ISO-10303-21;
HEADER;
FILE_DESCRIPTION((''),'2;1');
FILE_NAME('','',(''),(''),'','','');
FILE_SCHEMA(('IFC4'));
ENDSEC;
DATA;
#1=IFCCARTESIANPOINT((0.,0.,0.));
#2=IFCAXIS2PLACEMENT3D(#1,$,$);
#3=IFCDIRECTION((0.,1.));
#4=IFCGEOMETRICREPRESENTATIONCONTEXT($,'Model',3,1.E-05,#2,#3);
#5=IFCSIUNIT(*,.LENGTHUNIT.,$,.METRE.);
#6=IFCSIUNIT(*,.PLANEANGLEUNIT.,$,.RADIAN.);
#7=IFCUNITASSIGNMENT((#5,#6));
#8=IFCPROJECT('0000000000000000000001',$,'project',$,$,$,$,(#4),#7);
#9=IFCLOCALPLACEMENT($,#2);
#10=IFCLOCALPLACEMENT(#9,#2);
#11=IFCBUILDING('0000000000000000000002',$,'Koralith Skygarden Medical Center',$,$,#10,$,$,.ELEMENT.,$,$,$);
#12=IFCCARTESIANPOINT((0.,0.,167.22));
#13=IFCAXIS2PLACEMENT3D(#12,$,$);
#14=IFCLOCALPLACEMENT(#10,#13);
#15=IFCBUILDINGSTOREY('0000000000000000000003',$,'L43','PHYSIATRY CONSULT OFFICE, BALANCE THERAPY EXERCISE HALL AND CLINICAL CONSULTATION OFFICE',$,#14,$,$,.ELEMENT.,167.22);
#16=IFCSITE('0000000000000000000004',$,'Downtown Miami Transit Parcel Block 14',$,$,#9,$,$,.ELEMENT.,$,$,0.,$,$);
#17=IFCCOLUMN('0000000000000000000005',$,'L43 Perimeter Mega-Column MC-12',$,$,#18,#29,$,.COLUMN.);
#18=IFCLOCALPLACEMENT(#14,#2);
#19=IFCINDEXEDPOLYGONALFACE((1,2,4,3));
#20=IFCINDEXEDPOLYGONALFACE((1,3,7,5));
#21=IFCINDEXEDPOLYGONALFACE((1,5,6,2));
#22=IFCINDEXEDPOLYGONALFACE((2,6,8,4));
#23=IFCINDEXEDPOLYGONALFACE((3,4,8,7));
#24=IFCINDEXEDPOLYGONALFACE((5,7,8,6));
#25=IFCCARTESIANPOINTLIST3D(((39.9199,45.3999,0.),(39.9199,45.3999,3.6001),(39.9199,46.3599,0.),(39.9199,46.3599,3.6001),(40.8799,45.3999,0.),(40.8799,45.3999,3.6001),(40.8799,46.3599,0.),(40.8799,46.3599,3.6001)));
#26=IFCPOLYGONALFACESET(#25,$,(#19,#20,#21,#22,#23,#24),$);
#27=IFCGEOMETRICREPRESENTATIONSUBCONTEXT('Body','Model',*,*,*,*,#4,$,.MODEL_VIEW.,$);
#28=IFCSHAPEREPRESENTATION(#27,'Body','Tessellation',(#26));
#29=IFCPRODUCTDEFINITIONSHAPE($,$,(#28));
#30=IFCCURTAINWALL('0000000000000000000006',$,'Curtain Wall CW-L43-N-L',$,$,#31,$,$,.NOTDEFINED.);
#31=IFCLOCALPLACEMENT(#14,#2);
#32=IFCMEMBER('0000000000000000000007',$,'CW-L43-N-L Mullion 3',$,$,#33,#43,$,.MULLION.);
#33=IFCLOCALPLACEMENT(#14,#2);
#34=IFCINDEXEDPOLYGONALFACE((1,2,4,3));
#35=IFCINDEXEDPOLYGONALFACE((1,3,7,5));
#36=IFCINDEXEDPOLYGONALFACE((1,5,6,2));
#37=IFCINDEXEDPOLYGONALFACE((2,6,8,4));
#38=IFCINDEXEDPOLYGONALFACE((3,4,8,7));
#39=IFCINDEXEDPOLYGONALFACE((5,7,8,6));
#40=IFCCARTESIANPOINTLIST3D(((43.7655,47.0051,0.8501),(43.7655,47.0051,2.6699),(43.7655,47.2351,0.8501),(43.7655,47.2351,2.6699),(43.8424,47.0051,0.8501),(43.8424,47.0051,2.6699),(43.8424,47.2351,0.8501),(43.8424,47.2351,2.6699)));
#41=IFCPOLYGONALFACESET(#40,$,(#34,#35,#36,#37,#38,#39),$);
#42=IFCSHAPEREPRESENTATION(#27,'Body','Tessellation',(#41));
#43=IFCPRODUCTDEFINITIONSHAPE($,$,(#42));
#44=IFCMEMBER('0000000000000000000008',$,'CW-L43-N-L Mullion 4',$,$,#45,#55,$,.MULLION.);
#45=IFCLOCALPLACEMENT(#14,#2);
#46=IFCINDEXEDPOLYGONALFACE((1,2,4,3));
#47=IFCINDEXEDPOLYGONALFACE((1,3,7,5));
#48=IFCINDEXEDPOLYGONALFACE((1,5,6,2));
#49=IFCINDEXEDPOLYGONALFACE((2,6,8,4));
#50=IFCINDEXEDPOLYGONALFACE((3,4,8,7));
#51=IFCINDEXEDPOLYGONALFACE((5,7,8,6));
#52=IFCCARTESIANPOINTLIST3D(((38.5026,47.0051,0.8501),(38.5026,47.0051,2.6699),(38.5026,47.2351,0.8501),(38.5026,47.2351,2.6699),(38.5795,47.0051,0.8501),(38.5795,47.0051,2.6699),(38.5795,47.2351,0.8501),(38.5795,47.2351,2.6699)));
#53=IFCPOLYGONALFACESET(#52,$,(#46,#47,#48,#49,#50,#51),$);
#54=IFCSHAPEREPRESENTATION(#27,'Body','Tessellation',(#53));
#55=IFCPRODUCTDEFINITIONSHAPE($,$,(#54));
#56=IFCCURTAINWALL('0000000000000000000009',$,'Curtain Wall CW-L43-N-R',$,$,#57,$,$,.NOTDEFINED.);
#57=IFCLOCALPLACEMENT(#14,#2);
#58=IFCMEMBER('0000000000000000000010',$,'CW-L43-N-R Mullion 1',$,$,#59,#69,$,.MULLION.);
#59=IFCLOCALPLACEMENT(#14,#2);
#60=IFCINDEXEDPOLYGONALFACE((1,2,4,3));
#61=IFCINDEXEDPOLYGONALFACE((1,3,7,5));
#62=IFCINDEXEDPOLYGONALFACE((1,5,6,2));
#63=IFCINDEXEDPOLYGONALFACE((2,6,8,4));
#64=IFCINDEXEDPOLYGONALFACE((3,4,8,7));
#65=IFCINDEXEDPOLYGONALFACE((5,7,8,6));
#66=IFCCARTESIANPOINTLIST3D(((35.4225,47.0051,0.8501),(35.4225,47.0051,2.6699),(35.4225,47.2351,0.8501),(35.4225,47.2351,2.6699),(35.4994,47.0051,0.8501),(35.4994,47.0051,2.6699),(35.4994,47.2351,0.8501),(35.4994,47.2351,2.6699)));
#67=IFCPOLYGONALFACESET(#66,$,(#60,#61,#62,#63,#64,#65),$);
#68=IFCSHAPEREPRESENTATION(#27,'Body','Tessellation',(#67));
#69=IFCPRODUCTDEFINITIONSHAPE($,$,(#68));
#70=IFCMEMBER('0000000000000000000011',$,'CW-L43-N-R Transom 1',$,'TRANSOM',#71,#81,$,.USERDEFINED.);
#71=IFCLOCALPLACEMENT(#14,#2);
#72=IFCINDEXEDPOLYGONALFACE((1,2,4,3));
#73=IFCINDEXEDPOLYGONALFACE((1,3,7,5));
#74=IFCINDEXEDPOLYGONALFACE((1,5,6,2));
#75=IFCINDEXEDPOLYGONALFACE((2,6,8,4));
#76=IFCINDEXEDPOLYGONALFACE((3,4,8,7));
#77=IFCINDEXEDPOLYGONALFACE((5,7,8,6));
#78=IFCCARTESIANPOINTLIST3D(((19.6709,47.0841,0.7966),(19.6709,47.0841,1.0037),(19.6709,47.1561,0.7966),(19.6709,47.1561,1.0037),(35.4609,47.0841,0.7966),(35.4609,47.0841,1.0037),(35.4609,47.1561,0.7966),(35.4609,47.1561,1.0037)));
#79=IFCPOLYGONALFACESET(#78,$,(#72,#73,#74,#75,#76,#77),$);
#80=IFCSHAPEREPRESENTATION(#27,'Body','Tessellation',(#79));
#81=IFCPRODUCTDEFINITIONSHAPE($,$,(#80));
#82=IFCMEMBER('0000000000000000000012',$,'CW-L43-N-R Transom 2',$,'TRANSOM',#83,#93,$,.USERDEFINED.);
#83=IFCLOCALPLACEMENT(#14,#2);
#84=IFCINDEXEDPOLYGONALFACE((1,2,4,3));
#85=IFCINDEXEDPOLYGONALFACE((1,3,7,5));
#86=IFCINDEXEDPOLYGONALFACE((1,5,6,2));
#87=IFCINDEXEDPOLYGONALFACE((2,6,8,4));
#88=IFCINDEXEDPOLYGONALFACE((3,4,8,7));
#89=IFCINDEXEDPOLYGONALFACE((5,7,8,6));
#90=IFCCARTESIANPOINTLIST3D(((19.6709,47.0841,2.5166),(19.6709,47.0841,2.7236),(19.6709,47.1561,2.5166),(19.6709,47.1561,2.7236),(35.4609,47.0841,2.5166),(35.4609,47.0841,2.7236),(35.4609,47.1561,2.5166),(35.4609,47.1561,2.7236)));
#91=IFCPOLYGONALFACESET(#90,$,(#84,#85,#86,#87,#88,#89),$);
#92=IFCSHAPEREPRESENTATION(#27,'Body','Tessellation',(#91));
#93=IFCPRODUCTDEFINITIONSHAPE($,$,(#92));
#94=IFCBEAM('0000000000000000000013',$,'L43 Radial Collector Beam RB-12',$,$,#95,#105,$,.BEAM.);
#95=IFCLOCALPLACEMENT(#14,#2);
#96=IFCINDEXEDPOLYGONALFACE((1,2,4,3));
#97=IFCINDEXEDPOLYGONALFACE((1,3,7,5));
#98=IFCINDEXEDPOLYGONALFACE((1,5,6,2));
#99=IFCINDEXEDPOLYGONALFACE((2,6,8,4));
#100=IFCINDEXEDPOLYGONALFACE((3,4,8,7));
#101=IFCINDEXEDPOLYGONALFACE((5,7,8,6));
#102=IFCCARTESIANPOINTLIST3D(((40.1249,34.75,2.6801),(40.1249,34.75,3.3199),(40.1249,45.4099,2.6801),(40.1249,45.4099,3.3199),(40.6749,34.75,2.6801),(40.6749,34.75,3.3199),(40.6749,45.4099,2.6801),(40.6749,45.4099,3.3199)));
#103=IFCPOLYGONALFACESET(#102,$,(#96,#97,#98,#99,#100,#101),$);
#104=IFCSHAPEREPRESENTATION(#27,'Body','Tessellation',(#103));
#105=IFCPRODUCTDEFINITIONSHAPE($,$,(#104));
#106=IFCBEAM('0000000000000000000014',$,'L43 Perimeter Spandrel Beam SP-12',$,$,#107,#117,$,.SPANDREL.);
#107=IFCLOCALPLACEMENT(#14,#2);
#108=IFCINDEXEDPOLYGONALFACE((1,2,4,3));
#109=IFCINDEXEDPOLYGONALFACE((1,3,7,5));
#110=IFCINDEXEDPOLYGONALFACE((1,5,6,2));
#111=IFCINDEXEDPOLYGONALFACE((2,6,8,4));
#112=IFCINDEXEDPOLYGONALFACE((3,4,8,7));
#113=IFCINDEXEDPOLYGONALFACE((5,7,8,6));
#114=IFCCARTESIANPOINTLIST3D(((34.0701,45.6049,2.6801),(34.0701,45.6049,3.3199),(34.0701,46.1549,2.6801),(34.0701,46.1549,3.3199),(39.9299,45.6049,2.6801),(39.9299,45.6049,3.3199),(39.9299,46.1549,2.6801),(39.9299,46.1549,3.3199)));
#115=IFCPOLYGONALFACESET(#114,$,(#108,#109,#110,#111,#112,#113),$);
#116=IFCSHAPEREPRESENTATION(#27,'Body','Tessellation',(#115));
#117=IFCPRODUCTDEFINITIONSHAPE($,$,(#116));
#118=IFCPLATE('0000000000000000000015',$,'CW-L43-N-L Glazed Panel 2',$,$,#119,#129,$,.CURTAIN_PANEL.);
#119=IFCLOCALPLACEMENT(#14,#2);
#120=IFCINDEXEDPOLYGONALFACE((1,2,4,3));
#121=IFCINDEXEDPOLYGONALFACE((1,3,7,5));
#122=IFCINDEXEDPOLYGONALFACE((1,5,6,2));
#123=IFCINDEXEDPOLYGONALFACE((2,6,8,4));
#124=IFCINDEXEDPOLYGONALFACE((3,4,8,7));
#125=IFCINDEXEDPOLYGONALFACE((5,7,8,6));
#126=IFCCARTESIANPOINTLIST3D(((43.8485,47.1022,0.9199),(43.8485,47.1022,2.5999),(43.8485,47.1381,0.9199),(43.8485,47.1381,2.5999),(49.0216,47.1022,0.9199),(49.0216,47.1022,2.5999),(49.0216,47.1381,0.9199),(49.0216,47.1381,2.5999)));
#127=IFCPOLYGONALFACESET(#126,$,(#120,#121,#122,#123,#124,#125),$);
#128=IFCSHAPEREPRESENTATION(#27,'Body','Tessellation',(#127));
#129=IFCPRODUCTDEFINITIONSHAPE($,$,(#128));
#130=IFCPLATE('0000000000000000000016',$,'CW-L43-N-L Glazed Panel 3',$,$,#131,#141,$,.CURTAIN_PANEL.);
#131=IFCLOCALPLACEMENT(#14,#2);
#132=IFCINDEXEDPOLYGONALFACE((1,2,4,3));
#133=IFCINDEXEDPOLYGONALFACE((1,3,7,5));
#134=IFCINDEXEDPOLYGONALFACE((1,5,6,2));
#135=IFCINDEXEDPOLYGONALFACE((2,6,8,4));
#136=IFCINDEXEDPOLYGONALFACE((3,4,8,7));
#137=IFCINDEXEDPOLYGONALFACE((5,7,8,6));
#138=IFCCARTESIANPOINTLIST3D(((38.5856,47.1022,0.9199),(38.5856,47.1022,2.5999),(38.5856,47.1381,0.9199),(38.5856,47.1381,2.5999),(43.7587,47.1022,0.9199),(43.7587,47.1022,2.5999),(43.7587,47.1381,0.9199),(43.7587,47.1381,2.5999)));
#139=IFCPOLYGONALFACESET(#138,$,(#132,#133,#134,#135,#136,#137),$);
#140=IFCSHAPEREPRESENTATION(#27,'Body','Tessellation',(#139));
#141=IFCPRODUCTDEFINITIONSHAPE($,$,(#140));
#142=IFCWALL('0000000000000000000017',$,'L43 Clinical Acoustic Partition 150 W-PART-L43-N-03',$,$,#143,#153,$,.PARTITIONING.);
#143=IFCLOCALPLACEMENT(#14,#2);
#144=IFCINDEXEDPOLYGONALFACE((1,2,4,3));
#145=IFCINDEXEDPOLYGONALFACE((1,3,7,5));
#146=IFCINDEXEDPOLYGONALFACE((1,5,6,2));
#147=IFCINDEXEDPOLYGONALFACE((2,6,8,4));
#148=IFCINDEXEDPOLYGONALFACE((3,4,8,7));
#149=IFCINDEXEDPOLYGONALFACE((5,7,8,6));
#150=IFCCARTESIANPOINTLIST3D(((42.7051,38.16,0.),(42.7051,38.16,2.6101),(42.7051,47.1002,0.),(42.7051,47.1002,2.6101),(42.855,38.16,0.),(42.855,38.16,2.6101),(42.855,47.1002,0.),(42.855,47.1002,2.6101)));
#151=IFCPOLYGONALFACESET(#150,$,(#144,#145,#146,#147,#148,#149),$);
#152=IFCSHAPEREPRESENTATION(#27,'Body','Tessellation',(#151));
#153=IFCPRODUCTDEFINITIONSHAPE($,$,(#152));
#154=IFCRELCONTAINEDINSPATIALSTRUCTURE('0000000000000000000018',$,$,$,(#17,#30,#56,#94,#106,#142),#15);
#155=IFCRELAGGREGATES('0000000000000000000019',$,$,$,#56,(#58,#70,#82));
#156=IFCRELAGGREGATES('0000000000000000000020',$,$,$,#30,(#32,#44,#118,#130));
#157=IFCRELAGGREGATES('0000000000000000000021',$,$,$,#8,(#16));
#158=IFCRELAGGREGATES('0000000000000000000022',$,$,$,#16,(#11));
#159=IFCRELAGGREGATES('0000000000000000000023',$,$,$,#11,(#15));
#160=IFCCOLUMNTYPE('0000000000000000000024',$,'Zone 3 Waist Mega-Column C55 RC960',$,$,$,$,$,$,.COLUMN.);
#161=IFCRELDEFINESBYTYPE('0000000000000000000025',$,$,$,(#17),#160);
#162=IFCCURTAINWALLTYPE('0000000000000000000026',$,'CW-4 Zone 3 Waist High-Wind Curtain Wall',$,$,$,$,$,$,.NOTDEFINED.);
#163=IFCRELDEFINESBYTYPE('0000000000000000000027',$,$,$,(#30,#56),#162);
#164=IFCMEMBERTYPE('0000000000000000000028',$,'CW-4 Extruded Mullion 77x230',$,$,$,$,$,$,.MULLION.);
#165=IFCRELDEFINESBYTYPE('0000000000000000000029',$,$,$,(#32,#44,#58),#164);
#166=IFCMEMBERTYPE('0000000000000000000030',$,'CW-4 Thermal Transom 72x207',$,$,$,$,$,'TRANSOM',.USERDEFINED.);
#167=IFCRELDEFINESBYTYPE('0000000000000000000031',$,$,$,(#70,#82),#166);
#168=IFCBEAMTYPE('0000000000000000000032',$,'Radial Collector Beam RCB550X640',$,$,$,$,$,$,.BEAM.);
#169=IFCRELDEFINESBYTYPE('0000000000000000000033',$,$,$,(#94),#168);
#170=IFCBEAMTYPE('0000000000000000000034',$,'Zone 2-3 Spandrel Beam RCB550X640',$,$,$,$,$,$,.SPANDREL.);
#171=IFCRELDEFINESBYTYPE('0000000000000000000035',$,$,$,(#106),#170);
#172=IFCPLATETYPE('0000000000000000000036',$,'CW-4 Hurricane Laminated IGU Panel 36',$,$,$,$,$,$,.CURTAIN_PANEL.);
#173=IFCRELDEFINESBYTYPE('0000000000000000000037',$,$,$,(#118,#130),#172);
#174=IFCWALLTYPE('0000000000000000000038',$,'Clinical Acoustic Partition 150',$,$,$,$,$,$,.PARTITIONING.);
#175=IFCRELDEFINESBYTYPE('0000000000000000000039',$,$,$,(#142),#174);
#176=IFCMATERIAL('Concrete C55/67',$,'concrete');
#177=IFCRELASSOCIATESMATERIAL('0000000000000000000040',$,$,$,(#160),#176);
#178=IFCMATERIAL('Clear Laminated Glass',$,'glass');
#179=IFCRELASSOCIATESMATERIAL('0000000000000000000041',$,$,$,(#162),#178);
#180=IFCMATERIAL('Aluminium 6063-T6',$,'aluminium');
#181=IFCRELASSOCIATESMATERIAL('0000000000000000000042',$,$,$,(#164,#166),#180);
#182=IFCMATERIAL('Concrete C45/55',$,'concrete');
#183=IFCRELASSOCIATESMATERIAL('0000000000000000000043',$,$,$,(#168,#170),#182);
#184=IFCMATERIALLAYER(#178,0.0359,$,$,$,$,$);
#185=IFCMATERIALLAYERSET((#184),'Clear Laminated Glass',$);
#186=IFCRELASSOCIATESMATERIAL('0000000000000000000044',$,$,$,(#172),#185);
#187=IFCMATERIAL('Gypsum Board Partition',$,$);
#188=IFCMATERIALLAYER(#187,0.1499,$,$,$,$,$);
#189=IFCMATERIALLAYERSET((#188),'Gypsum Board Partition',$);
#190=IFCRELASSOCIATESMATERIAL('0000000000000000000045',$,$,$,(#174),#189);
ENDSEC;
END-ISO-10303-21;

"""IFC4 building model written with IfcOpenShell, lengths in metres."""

from ifc_helpers import new_model, si_unit, direction, frame, frame_2d, origin, origin_2d, place, context, subcontext, project, spatial, rectangle, extrude, material, layer, layer_set, material_profile, profile_set, type_object, element, aggregate, save


model = new_model("IFC4")

# Units and contexts
model_context = context("Model", 3, precision=1e-05, world=origin(), true_north=direction((0.0, 1.0)))
body_context = subcontext(model_context, "Body", "Model", "MODEL_VIEW")
ifc_project = project(units=[si_unit("LENGTHUNIT", "METRE"), si_unit("PLANEANGLEUNIT", "RADIAN")], contexts=[model_context])

# Site, building, storey
site_placement = place(None, origin())
site = spatial("IfcSite", under=ifc_project, at=site_placement, Name="Downtown Miami Transit Parcel Block 14", CompositionType="ELEMENT", RefElevation=0.0)
building_placement = place(site_placement, origin())
building = spatial("IfcBuilding", under=site, at=building_placement, Name="Koralith Skygarden Medical Center", CompositionType="ELEMENT")
storey_placement = place(building_placement, frame((0.0, 0.0, 167.22)))
storey = spatial("IfcBuildingStorey", under=building, at=storey_placement, Name="L43", Description="PHYSIATRY CONSULT OFFICE, BALANCE THERAPY EXERCISE HALL AND CLINICAL CONSULTATION OFFICE", CompositionType="ELEMENT", Elevation=167.22)

# Column
ifc_material_1 = material(Name="Concrete C55/67", Category="concrete")
ifc_material_profile_1 = material_profile(ifc_material_1, rectangle(XDim=0.96, YDim=0.96, at=origin_2d()), Name="RC960X960")
ifc_profile_set_1 = profile_set([ifc_material_profile_1], Name="Concrete C55/67")
column_type = type_object("IfcColumnType", Name="Zone 3 Waist Mega-Column C55 RC960", PredefinedType="COLUMN", material=ifc_profile_set_1)
column_placement = place(storey_placement, frame((40.3999, 45.8799, 0.0), z_axis=(0.0, 0.0, 1.0), x_axis=(1.0, 0.0, 0.0)))
element("IfcColumn", 1, at=column_placement, inside=storey, type_object=column_type, Name="L43 Perimeter Mega-Column MC-12", PredefinedType="COLUMN", context=body_context, shape_type="SweptSolid", body=[
    extrude(rectangle(XDim=0.96, YDim=0.96, at=origin_2d()), origin(), (0.0, 0.0, 1.0), 3.6001),
])

# Curtain walls, members
ifc_material_2 = material(Name="Clear Laminated Glass", Category="glass")
curtain_wall_type = type_object("IfcCurtainWallType", Name="CW-4 Zone 3 Waist High-Wind Curtain Wall", PredefinedType="NOTDEFINED", material=ifc_material_2)
curtain_wall_1_placement = place(storey_placement, origin())
curtain_wall_1 = element("IfcCurtainWall", 2, at=curtain_wall_1_placement, inside=storey, type_object=curtain_wall_type, Name="Curtain Wall CW-L43-N-L", PredefinedType="NOTDEFINED")
ifc_material_3 = material(Name="Aluminium 6063-T6", Category="aluminium")
ifc_material_profile_2 = material_profile(ifc_material_3, rectangle(XDim=0.0769, YDim=0.23, at=origin_2d()), Name="MUL77X230")
ifc_profile_set_2 = profile_set([ifc_material_profile_2], Name="Aluminium 6063-T6")
member_type_1 = type_object("IfcMemberType", Name="CW-4 Extruded Mullion 77x230", PredefinedType="MULLION", material=ifc_profile_set_2)
member_1_placement = place(storey_placement, frame((43.804, 47.1201, 0.8501), z_axis=(0.0, 0.0, 1.0), x_axis=(1.0, 0.0, 0.0)))
member_1 = element("IfcMember", 3, at=member_1_placement, type_object=member_type_1, Name="CW-L43-N-L Mullion 3", PredefinedType="MULLION", context=body_context, shape_type="SweptSolid", body=[
    extrude(rectangle(XDim=0.0769, YDim=0.23, at=origin_2d()), origin(), (0.0, 0.0, 1.0), 1.8198),
])
member_2_placement = place(storey_placement, frame((38.541, 47.1201, 0.8501), z_axis=(0.0, 0.0, 1.0), x_axis=(1.0, 0.0, 0.0)))
member_2 = element("IfcMember", 4, at=member_2_placement, type_object=member_type_1, Name="CW-L43-N-L Mullion 4", PredefinedType="MULLION", context=body_context, shape_type="SweptSolid", body=[
    extrude(rectangle(XDim=0.0769, YDim=0.23, at=origin_2d()), origin(), (0.0, 0.0, 1.0), 1.8198),
])
curtain_wall_2_placement = place(storey_placement, origin())
curtain_wall_2 = element("IfcCurtainWall", 5, at=curtain_wall_2_placement, inside=storey, type_object=curtain_wall_type, Name="Curtain Wall CW-L43-N-R", PredefinedType="NOTDEFINED")
member_3_placement = place(storey_placement, frame((35.4609, 47.1201, 0.8501), z_axis=(0.0, 0.0, 1.0), x_axis=(1.0, 0.0, 0.0)))
member_3 = element("IfcMember", 6, at=member_3_placement, type_object=member_type_1, Name="CW-L43-N-R Mullion 1", PredefinedType="MULLION", context=body_context, shape_type="SweptSolid", body=[
    extrude(rectangle(XDim=0.0769, YDim=0.23, at=origin_2d()), origin(), (0.0, 0.0, 1.0), 1.8198),
])
ifc_material_profile_3 = material_profile(ifc_material_3, rectangle(XDim=0.072, YDim=0.207, at=origin_2d()), Name="TRN72X207")
ifc_profile_set_3 = profile_set([ifc_material_profile_3], Name="Aluminium 6063-T6")
member_type_2 = type_object("IfcMemberType", Name="CW-4 Thermal Transom 72x207", ElementType="TRANSOM", PredefinedType="USERDEFINED", material=ifc_profile_set_3)
member_4_placement = place(storey_placement, frame((35.4609, 47.1201, 0.9001), z_axis=(-1.0, 0.0, 0.0), x_axis=(0.0, -1.0, 0.0)))
member_4 = element("IfcMember", 7, at=member_4_placement, type_object=member_type_2, Name="CW-L43-N-R Transom 1", ObjectType="TRANSOM", PredefinedType="USERDEFINED", context=body_context, shape_type="SweptSolid", body=[
    extrude(rectangle(XDim=0.072, YDim=0.207, at=origin_2d()), origin(), (0.0, 0.0, 1.0), 15.79),
])
member_5_placement = place(storey_placement, frame((35.4609, 47.1201, 2.6201), z_axis=(-1.0, 0.0, 0.0), x_axis=(0.0, -1.0, 0.0)))
member_5 = element("IfcMember", 8, at=member_5_placement, type_object=member_type_2, Name="CW-L43-N-R Transom 2", ObjectType="TRANSOM", PredefinedType="USERDEFINED", context=body_context, shape_type="SweptSolid", body=[
    extrude(rectangle(XDim=0.072, YDim=0.207, at=origin_2d()), origin(), (0.0, 0.0, 1.0), 15.79),
])
aggregate(curtain_wall_2, [member_3, member_4, member_5])

# Beams
ifc_material_4 = material(Name="Concrete C45/55", Category="concrete")
ifc_material_profile_4 = material_profile(ifc_material_4, rectangle(XDim=0.55, YDim=0.6399, at=origin_2d()), Name="RCB550X640")
ifc_profile_set_4 = profile_set([ifc_material_profile_4], Name="Concrete C45/55")
beam_type_1 = type_object("IfcBeamType", Name="Radial Collector Beam RCB550X640", PredefinedType="BEAM", material=ifc_profile_set_4)
beam_1_placement = place(storey_placement, frame((40.3999, 34.75, 3.0), z_axis=(0.0, 1.0, 0.0), x_axis=(-1.0, 0.0, 0.0)))
element("IfcBeam", 9, at=beam_1_placement, inside=storey, type_object=beam_type_1, Name="L43 Radial Collector Beam RB-12", PredefinedType="BEAM", context=body_context, shape_type="SweptSolid", body=[
    extrude(rectangle(XDim=0.55, YDim=0.6399, at=origin_2d()), origin(), (0.0, 0.0, 1.0), 10.6599),
])
ifc_material_profile_5 = material_profile(ifc_material_4, rectangle(XDim=0.55, YDim=0.6399, at=origin_2d()), Name="RCB550X640")
ifc_profile_set_5 = profile_set([ifc_material_profile_5], Name="Concrete C45/55")
beam_type_2 = type_object("IfcBeamType", Name="Zone 2-3 Spandrel Beam RCB550X640", PredefinedType="SPANDREL", material=ifc_profile_set_5)
beam_2_placement = place(storey_placement, frame((39.9299, 45.8799, 3.0), z_axis=(-1.0, 0.0, 0.0), x_axis=(0.0, -1.0, 0.0)))
element("IfcBeam", 10, at=beam_2_placement, inside=storey, type_object=beam_type_2, Name="L43 Perimeter Spandrel Beam SP-12", PredefinedType="SPANDREL", context=body_context, shape_type="SweptSolid", body=[
    extrude(rectangle(XDim=0.55, YDim=0.6399, at=origin_2d()), origin(), (0.0, 0.0, 1.0), 5.8599),
])

# Plates
ifc_layer_1 = layer(ifc_material_2, 0.0359)
ifc_layer_set_1 = layer_set([ifc_layer_1], Name="Clear Laminated Glass")
plate_type = type_object("IfcPlateType", Name="CW-4 Hurricane Laminated IGU Panel 36", PredefinedType="CURTAIN_PANEL", material=ifc_layer_set_1)
plate_1_placement = place(storey_placement, frame((46.4351, 47.1201, 0.9199), z_axis=(0.0, 0.0, 1.0), x_axis=(-1.0, 0.0, 0.0)))
plate_1 = element("IfcPlate", 11, at=plate_1_placement, type_object=plate_type, Name="CW-L43-N-L Glazed Panel 2", PredefinedType="CURTAIN_PANEL", context=body_context, shape_type="SweptSolid", body=[
    extrude(rectangle(XDim=5.1731, YDim=0.0359, at=origin_2d()), origin(), (0.0, 0.0, 1.0), 1.6799),
])
plate_2_placement = place(storey_placement, frame((41.1721, 47.1201, 0.9199), z_axis=(0.0, 0.0, 1.0), x_axis=(-1.0, 0.0, 0.0)))
plate_2 = element("IfcPlate", 12, at=plate_2_placement, type_object=plate_type, Name="CW-L43-N-L Glazed Panel 3", PredefinedType="CURTAIN_PANEL", context=body_context, shape_type="SweptSolid", body=[
    extrude(rectangle(XDim=5.1731, YDim=0.0359, at=origin_2d()), origin(), (0.0, 0.0, 1.0), 1.6799),
])
aggregate(curtain_wall_1, [member_1, member_2, plate_1, plate_2])

# Wall
ifc_material_5 = material(Name="Gypsum Board Partition")
ifc_layer_2 = layer(ifc_material_5, 0.1499)
ifc_layer_set_2 = layer_set([ifc_layer_2], Name="Gypsum Board Partition")
wall_type_1 = type_object("IfcWallType", Name="Clinical Acoustic Partition 150", PredefinedType="PARTITIONING", material=ifc_layer_set_2)
wall_1_placement = place(storey_placement, frame((42.78, 38.1599, 0.0), z_axis=(0.0, 0.0, 1.0), x_axis=(0.0, 1.0, 0.0)))
element("IfcWall", 13, at=wall_1_placement, inside=storey, type_object=wall_type_1, Name="L43 Clinical Acoustic Partition 150 W-PART-L43-N-03", PredefinedType="PARTITIONING", context=body_context, shape_type="SweptSolid", body=[
    extrude(rectangle(XDim=8.9402, YDim=0.1499, at=frame_2d((4.4702, 0.0))), origin(), (0.0, 0.0, 1.0), 2.6101),
])

save(model, "model.ifc")
